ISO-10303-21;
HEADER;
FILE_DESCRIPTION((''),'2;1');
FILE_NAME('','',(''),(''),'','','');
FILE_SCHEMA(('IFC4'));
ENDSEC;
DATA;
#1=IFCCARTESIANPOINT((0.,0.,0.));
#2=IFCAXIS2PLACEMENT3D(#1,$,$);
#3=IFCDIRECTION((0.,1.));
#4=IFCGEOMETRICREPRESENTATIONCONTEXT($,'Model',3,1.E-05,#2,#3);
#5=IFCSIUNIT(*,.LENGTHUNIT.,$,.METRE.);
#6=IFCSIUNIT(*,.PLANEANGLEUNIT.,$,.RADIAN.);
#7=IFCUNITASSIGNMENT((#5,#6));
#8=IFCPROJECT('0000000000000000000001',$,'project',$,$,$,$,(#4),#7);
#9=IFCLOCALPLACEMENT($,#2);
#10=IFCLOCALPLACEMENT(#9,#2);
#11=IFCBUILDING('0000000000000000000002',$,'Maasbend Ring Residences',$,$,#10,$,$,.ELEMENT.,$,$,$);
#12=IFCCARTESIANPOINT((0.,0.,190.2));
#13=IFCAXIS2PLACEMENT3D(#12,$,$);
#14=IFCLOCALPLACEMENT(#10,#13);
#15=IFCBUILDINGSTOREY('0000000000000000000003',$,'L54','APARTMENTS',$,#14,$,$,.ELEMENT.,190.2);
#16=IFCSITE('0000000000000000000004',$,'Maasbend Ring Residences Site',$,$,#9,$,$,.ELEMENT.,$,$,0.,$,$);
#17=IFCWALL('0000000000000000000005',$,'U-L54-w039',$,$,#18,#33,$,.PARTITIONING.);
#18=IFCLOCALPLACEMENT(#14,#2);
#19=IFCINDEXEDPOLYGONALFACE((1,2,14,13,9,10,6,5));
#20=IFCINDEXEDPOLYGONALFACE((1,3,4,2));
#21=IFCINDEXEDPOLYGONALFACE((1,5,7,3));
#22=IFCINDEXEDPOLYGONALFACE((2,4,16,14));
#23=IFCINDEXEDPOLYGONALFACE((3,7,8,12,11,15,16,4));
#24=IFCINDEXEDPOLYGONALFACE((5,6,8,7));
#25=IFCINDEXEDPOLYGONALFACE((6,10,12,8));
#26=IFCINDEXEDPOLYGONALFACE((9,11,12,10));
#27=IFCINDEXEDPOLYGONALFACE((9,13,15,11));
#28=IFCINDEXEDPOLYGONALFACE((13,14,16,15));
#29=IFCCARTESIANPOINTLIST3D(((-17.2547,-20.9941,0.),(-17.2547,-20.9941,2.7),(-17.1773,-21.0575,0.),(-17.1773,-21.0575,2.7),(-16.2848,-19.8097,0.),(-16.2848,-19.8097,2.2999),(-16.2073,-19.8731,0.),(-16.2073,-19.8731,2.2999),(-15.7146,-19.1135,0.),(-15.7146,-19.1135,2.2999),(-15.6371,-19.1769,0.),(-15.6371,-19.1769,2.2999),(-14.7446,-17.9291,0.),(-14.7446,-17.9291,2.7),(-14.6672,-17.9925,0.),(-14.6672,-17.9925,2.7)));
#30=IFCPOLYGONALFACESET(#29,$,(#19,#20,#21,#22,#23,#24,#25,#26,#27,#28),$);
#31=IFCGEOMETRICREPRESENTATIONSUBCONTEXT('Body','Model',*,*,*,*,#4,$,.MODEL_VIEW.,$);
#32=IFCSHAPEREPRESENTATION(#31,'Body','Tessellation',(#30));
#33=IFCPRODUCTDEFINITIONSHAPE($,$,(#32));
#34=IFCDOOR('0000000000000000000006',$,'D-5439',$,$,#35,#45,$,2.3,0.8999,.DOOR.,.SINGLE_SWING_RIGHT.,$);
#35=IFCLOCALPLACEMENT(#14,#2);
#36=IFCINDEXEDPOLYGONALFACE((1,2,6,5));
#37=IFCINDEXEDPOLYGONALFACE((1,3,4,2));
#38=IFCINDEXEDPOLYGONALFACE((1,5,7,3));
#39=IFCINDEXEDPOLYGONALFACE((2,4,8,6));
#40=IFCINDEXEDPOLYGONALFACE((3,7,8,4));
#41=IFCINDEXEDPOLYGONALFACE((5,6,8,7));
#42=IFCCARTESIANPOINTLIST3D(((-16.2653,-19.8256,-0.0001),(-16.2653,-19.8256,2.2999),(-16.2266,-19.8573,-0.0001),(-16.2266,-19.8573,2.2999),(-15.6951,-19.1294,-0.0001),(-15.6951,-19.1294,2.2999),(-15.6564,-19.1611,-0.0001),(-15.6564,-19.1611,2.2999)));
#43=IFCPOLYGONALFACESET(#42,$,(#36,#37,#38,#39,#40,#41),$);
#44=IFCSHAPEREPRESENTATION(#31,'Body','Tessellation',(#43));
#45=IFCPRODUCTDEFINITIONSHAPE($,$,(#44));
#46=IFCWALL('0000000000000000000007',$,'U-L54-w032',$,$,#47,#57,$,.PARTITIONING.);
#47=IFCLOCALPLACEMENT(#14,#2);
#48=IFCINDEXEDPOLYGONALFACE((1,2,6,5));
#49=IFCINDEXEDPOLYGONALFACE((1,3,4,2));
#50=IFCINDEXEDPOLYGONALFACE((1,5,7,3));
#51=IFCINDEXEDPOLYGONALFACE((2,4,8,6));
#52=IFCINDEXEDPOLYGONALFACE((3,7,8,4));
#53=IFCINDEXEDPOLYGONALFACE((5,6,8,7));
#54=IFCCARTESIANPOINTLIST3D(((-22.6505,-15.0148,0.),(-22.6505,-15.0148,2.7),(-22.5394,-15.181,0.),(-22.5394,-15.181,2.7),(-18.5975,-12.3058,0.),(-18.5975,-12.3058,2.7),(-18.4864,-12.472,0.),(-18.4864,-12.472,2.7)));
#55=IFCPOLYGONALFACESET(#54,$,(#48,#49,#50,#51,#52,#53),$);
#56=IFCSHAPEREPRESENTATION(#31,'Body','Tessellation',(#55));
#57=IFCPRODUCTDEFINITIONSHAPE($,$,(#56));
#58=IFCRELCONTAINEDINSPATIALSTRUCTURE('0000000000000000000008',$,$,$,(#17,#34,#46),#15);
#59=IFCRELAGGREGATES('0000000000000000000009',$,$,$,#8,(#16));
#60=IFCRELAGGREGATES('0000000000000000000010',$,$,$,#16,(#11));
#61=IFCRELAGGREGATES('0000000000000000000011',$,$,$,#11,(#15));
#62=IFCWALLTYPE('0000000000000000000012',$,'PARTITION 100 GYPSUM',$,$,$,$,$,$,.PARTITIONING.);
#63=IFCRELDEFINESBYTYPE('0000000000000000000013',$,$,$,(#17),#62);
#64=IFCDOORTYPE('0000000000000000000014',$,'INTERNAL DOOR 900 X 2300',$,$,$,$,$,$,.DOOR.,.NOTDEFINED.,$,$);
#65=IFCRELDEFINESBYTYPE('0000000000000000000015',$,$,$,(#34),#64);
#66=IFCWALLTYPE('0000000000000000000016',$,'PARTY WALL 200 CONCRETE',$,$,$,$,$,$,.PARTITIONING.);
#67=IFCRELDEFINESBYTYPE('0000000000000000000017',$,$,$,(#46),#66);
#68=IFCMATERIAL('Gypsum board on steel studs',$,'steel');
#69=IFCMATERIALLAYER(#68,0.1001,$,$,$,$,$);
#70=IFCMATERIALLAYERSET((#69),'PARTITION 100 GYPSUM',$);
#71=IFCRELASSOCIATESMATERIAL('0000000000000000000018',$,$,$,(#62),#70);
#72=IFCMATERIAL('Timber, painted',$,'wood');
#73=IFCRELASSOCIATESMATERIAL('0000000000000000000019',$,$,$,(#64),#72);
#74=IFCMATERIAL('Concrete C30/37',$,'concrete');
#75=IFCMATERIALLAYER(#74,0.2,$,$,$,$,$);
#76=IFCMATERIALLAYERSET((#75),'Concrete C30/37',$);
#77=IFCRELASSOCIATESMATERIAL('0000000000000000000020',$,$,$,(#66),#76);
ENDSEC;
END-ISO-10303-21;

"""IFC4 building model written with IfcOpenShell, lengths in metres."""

from ifc_helpers import new_model, si_unit, direction, frame, frame_2d, origin, place, context, subcontext, project, spatial, rectangle, extrude, material, layer, layer_set, type_object, element, fill, save


model = new_model("IFC4")

# Units and contexts
model_context = context("Model", 3, precision=1e-05, world=origin(), true_north=direction((0.0, 1.0)))
body_context = subcontext(model_context, "Body", "Model", "MODEL_VIEW")
ifc_project = project(units=[si_unit("LENGTHUNIT", "METRE"), si_unit("PLANEANGLEUNIT", "RADIAN")], contexts=[model_context])

# Site, building, storey
site_placement = place(None, origin())
site = spatial("IfcSite", under=ifc_project, at=site_placement, Name="Maasbend Ring Residences Site", CompositionType="ELEMENT", RefElevation=0.0)
building_placement = place(site_placement, origin())
building = spatial("IfcBuilding", under=site, at=building_placement, Name="Maasbend Ring Residences", CompositionType="ELEMENT")
storey_placement = place(building_placement, frame((0.0, 0.0, 190.2)))
storey = spatial("IfcBuildingStorey", under=building, at=storey_placement, Name="L54", Description="APARTMENTS", CompositionType="ELEMENT", Elevation=190.2)

# Shared definitions
ifc_material_1 = material(Name="Gypsum board on steel studs", Category="steel")
ifc_layer_1 = layer(ifc_material_1, 0.1001)
ifc_layer_set_1 = layer_set([ifc_layer_1], Name="PARTITION 100 GYPSUM")
wall_type_1 = type_object("IfcWallType", Name="PARTITION 100 GYPSUM", PredefinedType="PARTITIONING", material=ifc_layer_set_1)
ifc_material_2 = material(Name="Timber, painted", Category="wood")
door_type_1 = type_object("IfcDoorType", Name="INTERNAL DOOR 900 X 2300", OperationType="NOTDEFINED", PredefinedType="DOOR", material=ifc_material_2)

# Wall, opening, door
wall_1_placement = place(storey_placement, frame((-17.2161, -21.0259, 0.0), z_axis=(0.0, 0.0, 1.0), x_axis=(0.63359, 0.773669, 0.0)))
wall_1 = element("IfcWall", 1, at=wall_1_placement, inside=storey, type_object=wall_type_1, Name="U-L54-w039", PredefinedType="PARTITIONING", context=body_context, shape_type="SweptSolid", body=[
    extrude(rectangle(XDim=3.9617, YDim=0.1001, at=frame_2d((1.981, 0.0))), origin(), (0.0, 0.0, 1.0), 2.7),
])
opening_1_placement = place(wall_1_placement, frame((1.531, 0.0, 0.0)))
opening_1 = element("IfcOpeningElement", 2, at=opening_1_placement, cuts=wall_1, PredefinedType="OPENING", context=body_context, shape_type="SweptSolid", body=[
    extrude(rectangle(XDim=0.8999, YDim=2.3, at=frame_2d((0.45, 1.1499))), frame((0.0, 0.0601, 0.0), z_axis=(0.0, -1.0, 0.0), x_axis=(1.0, 0.0, 0.0)), (0.0, 0.0, 1.0), 0.1201),
])
door_1_placement = place(opening_1_placement, origin())
door_1 = element("IfcDoor", 3, at=door_1_placement, inside=storey, type_object=door_type_1, Name="D-5439", OperationType="SINGLE_SWING_RIGHT", OverallHeight=2.3, OverallWidth=0.8999, PredefinedType="DOOR", context=body_context, shape_type="SweptSolid", body=[
    extrude(rectangle(XDim=0.8999, YDim=2.3, at=frame_2d((0.45, 1.1499))), frame((0.0, 0.0249, 0.0), z_axis=(0.0, -1.0, 0.0), x_axis=(1.0, 0.0, 0.0)), (0.0, 0.0, 1.0), 0.05),
])
fill(opening_1, door_1)

# Wall
ifc_material_3 = material(Name="Concrete C30/37", Category="concrete")
ifc_layer_2 = layer(ifc_material_3, 0.2)
ifc_layer_set_2 = layer_set([ifc_layer_2], Name="Concrete C30/37")
wall_type_2 = type_object("IfcWallType", Name="PARTY WALL 200 CONCRETE", PredefinedType="PARTITIONING", material=ifc_layer_set_2)
wall_2_placement = place(storey_placement, frame((-22.595, -15.0979, 0.0), z_axis=(0.0, 0.0, 1.0), x_axis=(0.831387, 0.555694, 0.0)))
element("IfcWall", 4, at=wall_2_placement, inside=storey, type_object=wall_type_2, Name="U-L54-w032", PredefinedType="PARTITIONING", context=body_context, shape_type="SweptSolid", body=[
    extrude(rectangle(XDim=4.875, YDim=0.2, at=frame_2d((2.4375, 0.0))), origin(), (0.0, 0.0, 1.0), 2.7),
])

save(model, "model.ifc")
